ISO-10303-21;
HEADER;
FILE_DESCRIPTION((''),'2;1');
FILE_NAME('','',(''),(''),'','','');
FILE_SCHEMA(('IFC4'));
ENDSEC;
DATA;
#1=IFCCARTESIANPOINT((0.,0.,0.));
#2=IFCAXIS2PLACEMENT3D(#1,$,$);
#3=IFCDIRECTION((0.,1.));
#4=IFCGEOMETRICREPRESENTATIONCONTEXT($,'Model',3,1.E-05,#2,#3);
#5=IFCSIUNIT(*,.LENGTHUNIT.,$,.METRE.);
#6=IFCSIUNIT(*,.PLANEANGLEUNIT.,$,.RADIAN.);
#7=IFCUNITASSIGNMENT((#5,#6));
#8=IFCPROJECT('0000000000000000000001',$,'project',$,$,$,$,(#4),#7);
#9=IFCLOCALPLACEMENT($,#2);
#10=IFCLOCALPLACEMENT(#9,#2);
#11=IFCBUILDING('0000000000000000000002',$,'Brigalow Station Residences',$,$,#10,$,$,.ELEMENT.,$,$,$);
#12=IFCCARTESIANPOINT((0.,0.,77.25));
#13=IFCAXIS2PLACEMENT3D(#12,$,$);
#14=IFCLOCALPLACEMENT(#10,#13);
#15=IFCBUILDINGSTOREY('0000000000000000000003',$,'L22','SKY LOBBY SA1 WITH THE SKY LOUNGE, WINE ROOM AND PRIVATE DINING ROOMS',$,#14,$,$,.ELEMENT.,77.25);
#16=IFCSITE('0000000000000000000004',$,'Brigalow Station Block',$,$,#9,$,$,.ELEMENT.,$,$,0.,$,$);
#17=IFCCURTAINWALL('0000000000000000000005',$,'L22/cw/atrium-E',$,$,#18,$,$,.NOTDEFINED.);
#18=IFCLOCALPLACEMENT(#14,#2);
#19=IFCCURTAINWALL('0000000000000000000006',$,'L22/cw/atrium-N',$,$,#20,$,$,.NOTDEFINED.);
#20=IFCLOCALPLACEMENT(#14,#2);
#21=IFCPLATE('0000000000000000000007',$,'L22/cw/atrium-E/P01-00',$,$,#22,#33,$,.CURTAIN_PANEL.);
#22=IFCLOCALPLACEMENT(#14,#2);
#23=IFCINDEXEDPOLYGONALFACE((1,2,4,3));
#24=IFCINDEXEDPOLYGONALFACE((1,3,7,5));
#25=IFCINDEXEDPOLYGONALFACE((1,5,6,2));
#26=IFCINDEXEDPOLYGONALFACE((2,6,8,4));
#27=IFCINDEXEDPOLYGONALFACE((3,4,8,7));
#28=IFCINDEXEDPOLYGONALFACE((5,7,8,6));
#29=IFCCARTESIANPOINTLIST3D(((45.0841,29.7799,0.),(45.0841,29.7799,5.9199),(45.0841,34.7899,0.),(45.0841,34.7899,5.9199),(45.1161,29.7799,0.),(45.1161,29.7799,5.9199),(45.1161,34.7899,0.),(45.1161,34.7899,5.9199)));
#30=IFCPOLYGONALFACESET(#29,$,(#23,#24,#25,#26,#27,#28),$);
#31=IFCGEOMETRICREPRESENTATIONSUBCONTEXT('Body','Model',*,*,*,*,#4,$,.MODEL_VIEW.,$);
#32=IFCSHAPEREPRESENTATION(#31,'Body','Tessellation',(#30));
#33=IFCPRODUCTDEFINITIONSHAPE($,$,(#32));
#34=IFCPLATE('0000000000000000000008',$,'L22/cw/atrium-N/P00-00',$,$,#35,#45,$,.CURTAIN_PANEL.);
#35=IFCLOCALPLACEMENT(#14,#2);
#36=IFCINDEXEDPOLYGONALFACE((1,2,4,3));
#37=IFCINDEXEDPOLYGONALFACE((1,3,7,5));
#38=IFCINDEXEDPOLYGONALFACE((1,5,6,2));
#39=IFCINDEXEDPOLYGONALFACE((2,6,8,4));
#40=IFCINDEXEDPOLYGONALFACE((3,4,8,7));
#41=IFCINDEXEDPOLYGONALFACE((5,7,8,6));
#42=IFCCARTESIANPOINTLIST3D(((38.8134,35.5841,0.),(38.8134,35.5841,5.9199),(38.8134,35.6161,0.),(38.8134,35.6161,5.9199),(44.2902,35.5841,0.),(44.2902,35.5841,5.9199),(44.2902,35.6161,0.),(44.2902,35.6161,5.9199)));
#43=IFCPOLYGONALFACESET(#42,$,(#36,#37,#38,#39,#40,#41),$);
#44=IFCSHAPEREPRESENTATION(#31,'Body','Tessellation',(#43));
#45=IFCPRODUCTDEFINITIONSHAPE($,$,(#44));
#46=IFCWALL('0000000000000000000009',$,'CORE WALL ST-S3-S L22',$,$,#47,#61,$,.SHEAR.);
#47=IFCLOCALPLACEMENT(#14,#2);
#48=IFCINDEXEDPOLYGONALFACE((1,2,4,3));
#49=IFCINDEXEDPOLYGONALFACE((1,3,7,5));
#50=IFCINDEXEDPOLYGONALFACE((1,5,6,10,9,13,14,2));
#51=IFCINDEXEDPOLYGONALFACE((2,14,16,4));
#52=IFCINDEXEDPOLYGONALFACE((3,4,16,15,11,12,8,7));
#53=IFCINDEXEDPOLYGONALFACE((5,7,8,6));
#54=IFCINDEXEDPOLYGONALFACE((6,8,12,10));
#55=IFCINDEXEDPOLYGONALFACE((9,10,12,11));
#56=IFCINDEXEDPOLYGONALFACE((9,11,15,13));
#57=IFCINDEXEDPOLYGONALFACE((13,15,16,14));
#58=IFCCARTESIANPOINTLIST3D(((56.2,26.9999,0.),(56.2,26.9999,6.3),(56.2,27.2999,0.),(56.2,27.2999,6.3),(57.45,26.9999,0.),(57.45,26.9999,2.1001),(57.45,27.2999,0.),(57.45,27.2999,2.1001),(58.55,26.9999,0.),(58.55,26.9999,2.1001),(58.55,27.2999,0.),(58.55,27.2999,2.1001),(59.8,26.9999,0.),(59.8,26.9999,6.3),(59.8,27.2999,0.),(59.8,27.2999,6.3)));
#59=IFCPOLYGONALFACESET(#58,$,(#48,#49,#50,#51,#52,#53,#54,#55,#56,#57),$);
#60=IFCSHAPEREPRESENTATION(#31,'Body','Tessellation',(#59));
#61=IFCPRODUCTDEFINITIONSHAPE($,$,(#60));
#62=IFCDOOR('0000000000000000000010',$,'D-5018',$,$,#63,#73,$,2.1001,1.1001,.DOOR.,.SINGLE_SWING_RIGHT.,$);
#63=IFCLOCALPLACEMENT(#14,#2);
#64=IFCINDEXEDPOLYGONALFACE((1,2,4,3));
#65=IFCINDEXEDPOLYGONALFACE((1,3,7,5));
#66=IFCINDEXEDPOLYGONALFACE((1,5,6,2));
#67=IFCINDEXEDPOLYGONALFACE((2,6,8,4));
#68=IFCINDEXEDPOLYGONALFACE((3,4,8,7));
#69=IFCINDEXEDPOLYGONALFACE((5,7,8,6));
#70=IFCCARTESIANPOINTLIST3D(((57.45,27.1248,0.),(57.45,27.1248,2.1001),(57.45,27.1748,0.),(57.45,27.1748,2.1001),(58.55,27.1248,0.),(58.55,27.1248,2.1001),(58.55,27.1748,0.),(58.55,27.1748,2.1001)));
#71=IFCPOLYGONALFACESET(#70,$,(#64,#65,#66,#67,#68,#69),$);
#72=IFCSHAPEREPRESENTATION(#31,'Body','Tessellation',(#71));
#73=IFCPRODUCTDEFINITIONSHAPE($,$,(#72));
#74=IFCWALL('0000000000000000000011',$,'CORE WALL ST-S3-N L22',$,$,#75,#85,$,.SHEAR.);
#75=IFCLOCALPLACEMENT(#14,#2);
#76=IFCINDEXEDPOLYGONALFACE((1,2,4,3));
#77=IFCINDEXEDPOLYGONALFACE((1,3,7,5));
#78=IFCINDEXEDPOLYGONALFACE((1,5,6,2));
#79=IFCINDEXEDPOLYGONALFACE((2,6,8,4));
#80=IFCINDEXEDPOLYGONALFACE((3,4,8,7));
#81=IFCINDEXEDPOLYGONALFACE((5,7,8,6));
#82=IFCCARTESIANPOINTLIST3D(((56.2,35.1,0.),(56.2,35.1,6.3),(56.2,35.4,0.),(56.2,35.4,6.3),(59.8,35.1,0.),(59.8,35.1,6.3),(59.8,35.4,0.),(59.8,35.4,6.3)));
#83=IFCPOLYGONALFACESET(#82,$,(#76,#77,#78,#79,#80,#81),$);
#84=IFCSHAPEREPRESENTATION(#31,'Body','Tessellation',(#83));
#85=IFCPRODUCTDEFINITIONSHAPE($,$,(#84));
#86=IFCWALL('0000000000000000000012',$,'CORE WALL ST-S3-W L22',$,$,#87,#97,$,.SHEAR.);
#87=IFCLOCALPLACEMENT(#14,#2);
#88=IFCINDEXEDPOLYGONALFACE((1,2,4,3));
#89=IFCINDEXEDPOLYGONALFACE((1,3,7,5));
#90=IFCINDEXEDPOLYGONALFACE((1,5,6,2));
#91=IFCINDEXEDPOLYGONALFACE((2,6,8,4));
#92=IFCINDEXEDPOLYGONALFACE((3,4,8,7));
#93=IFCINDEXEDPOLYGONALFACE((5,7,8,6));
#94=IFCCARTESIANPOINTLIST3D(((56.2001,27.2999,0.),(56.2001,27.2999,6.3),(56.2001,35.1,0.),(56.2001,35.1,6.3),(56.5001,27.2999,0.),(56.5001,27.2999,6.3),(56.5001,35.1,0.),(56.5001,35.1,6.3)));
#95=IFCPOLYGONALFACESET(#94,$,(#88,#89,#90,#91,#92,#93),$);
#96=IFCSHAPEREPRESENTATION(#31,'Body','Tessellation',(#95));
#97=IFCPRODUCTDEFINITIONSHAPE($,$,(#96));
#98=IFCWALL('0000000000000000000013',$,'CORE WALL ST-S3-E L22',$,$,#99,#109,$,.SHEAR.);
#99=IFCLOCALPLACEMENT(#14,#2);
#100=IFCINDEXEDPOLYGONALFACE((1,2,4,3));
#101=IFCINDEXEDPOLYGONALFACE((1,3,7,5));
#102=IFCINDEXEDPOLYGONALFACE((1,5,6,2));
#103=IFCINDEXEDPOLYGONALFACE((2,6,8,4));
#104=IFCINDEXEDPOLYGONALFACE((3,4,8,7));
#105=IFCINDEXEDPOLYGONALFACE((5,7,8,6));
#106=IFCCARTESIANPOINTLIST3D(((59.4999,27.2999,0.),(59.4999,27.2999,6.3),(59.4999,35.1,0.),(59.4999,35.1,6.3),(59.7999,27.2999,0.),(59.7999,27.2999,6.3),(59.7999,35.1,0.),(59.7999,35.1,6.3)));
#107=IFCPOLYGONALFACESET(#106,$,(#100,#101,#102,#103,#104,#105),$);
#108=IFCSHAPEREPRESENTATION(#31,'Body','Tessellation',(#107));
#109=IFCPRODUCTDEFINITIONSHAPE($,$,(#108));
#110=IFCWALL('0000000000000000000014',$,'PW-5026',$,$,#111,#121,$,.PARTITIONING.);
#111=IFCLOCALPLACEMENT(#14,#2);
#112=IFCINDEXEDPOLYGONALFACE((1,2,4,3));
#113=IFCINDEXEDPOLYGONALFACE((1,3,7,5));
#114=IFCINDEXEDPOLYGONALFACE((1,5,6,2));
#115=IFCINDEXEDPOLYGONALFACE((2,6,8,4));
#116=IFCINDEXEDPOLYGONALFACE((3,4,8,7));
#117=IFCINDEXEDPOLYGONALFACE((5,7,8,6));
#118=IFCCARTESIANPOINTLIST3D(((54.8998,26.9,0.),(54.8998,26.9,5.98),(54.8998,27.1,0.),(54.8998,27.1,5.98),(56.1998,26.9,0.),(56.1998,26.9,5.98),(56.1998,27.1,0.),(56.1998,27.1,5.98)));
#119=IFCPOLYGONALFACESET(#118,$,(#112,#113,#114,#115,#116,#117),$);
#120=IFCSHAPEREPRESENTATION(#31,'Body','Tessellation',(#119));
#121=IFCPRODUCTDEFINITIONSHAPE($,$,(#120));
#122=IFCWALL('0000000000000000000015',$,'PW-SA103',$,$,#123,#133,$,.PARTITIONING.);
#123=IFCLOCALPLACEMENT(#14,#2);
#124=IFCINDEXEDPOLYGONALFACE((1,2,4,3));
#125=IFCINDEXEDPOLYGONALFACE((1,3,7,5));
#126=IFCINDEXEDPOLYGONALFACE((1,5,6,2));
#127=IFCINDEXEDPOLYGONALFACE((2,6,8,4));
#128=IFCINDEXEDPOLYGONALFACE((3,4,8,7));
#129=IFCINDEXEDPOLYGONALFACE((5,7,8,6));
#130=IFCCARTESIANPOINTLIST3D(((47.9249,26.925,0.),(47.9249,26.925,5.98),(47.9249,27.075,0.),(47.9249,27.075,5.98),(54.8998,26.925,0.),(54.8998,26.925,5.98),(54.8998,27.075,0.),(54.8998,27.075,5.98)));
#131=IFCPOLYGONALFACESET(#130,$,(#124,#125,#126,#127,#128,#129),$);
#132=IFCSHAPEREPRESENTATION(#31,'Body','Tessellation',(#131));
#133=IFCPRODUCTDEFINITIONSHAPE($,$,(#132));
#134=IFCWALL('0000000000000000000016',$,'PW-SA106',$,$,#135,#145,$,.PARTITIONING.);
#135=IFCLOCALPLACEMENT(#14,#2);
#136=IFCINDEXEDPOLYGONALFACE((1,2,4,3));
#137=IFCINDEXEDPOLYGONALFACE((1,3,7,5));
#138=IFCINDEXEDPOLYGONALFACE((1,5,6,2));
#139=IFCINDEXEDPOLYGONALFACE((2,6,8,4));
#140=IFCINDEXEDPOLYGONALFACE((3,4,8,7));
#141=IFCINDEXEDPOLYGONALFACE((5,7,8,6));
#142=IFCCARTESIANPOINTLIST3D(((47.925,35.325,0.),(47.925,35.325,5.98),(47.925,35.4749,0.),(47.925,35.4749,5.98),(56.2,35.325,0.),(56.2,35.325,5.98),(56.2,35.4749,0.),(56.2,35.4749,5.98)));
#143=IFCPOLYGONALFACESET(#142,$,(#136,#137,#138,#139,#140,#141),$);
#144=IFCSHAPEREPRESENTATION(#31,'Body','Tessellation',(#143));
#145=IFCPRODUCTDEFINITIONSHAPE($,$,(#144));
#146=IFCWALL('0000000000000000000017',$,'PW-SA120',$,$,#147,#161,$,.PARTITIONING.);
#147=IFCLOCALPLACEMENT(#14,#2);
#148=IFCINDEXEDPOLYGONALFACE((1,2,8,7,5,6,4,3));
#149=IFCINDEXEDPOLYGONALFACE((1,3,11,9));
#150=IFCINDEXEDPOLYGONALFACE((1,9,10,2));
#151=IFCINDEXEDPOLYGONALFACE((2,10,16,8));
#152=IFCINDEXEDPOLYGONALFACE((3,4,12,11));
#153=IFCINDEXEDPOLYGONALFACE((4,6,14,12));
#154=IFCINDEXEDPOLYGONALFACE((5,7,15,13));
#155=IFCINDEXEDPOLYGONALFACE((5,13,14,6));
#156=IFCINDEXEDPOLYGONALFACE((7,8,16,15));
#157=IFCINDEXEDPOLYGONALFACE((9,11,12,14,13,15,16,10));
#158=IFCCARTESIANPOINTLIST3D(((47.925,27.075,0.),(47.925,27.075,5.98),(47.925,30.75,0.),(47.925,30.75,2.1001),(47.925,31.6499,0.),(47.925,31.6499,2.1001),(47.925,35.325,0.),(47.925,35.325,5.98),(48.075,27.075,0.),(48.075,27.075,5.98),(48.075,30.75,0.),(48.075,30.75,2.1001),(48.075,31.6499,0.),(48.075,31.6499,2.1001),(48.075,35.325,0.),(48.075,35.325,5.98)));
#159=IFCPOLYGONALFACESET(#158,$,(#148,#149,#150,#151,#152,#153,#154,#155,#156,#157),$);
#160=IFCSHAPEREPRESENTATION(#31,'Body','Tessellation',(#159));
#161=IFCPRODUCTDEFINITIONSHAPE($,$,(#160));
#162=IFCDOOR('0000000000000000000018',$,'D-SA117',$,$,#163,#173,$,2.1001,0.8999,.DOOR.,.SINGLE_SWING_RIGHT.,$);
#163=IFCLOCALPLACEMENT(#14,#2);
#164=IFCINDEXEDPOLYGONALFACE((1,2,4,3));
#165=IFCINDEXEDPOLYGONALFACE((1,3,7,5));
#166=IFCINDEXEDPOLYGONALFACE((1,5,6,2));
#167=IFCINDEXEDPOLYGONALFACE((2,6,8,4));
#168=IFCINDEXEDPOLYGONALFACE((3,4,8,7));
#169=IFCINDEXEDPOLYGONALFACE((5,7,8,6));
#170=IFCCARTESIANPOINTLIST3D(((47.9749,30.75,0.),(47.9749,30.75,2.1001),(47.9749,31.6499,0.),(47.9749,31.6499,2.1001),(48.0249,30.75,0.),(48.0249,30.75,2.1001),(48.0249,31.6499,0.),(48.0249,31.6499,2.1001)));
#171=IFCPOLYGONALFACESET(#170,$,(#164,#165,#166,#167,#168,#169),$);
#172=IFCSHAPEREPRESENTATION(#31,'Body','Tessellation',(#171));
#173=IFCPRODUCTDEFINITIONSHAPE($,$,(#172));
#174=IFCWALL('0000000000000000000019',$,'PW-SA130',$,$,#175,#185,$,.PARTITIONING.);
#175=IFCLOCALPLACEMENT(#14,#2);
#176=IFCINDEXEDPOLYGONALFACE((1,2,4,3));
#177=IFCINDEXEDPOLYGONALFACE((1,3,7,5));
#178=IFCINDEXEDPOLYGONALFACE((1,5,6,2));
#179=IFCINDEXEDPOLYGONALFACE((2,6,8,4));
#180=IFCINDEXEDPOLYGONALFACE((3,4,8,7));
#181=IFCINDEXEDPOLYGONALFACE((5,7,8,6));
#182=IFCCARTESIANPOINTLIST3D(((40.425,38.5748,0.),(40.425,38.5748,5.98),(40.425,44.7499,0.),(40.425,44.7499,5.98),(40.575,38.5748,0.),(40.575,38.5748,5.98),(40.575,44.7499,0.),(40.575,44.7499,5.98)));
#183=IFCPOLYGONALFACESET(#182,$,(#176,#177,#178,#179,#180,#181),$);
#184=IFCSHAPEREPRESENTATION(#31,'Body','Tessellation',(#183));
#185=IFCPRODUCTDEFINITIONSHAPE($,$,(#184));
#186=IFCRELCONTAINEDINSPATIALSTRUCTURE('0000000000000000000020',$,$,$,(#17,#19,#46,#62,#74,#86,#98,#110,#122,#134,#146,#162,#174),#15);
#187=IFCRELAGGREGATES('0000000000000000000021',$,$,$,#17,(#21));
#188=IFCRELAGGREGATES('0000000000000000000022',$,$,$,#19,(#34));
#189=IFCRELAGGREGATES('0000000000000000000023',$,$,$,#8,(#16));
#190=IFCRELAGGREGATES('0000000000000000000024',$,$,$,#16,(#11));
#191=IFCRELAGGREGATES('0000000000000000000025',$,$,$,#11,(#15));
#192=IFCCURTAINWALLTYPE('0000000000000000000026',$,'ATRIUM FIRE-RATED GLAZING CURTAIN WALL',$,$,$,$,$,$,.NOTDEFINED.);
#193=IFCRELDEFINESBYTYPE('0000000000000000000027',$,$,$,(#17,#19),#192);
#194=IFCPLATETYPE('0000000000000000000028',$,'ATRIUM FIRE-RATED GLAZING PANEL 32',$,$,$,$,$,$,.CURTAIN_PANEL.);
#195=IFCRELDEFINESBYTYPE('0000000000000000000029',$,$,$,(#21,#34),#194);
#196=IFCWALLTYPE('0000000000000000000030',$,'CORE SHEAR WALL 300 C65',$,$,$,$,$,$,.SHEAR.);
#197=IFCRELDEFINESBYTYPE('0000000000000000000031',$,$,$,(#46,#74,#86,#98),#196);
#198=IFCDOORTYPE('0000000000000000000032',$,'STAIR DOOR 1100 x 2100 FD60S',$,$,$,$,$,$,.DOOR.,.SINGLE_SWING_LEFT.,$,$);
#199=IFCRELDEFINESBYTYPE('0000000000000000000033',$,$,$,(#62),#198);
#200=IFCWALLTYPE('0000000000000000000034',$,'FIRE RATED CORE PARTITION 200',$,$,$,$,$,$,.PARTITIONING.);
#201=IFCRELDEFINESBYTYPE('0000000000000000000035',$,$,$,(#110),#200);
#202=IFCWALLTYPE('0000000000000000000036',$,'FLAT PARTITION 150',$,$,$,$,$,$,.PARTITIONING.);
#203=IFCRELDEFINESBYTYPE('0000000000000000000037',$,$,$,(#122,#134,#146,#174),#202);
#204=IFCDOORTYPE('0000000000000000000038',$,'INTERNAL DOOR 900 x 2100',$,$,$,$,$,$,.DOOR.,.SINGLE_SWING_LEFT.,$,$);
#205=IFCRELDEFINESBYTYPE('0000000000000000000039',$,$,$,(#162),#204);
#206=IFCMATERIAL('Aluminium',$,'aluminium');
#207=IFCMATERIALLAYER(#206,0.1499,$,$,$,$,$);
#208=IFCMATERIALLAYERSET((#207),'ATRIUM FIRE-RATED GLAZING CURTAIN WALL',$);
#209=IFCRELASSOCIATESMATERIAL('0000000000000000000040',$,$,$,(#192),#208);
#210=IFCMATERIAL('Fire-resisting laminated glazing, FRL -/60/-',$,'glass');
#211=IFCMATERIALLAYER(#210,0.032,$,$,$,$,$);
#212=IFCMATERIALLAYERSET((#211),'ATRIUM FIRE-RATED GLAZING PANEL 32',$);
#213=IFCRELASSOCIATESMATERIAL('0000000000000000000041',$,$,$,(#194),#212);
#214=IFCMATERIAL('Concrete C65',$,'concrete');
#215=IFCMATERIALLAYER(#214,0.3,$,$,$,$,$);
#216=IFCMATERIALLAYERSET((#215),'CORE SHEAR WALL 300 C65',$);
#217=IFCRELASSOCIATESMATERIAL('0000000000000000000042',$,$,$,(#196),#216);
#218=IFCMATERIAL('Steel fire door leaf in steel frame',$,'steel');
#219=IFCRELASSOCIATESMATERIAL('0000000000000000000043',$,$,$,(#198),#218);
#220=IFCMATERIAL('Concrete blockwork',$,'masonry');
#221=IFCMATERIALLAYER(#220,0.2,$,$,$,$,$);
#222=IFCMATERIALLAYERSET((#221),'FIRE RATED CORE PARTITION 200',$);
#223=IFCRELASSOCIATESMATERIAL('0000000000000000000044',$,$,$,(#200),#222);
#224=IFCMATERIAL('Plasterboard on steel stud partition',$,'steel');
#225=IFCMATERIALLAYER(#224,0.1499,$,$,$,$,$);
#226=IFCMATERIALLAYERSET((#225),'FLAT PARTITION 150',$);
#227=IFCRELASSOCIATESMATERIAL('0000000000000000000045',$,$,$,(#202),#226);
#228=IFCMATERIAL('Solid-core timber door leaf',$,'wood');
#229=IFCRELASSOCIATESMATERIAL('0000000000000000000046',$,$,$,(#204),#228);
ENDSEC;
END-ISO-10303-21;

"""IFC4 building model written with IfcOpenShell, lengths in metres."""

from ifc_helpers import new_model, si_unit, direction, frame, frame_2d, origin, origin_2d, place, context, subcontext, project, spatial, rectangle, extrude, material, layer, layer_set, type_object, element, fill, aggregate, save


model = new_model("IFC4")

# Units and contexts
model_context = context("Model", 3, precision=1e-05, world=origin(), true_north=direction((0.0, 1.0)))
body_context = subcontext(model_context, "Body", "Model", "MODEL_VIEW")
ifc_project = project(units=[si_unit("LENGTHUNIT", "METRE"), si_unit("PLANEANGLEUNIT", "RADIAN")], contexts=[model_context])

# Site, building, storey
site_placement = place(None, origin())
site = spatial("IfcSite", under=ifc_project, at=site_placement, Name="Brigalow Station Block", CompositionType="ELEMENT", RefElevation=0.0)
building_placement = place(site_placement, origin())
building = spatial("IfcBuilding", under=site, at=building_placement, Name="Brigalow Station Residences", CompositionType="ELEMENT")
storey_placement = place(building_placement, frame((0.0, 0.0, 77.25)))
storey = spatial("IfcBuildingStorey", under=building, at=storey_placement, Name="L22", Description="SKY LOBBY SA1 WITH THE SKY LOUNGE, WINE ROOM AND PRIVATE DINING ROOMS", CompositionType="ELEMENT", Elevation=77.25)

# Shared definitions
ifc_material_1 = material(Name="Aluminium", Category="aluminium")
ifc_layer_1 = layer(ifc_material_1, 0.1499)
ifc_layer_set_1 = layer_set([ifc_layer_1], Name="ATRIUM FIRE-RATED GLAZING CURTAIN WALL")
curtain_wall_type = type_object("IfcCurtainWallType", Name="ATRIUM FIRE-RATED GLAZING CURTAIN WALL", PredefinedType="NOTDEFINED", material=ifc_layer_set_1)

# Curtain walls
curtain_wall_1_placement = place(storey_placement, origin())
curtain_wall_1 = element("IfcCurtainWall", 1, at=curtain_wall_1_placement, inside=storey, type_object=curtain_wall_type, Name="L22/cw/atrium-E", PredefinedType="NOTDEFINED")
curtain_wall_2_placement = place(storey_placement, origin())
curtain_wall_2 = element("IfcCurtainWall", 2, at=curtain_wall_2_placement, inside=storey, type_object=curtain_wall_type, Name="L22/cw/atrium-N", PredefinedType="NOTDEFINED")

# Plates
ifc_material_2 = material(Name="Fire-resisting laminated glazing, FRL -/60/-", Category="glass")
ifc_layer_2 = layer(ifc_material_2, 0.032)
ifc_layer_set_2 = layer_set([ifc_layer_2], Name="ATRIUM FIRE-RATED GLAZING PANEL 32")
plate_type = type_object("IfcPlateType", Name="ATRIUM FIRE-RATED GLAZING PANEL 32", PredefinedType="CURTAIN_PANEL", material=ifc_layer_set_2)
plate_1_placement = place(storey_placement, frame((45.1001, 32.2849, 0.0), z_axis=(0.0, 0.0, 1.0), x_axis=(0.0, 1.0, 0.0)))
plate_1 = element("IfcPlate", 3, at=plate_1_placement, type_object=plate_type, Name="L22/cw/atrium-E/P01-00", PredefinedType="CURTAIN_PANEL", context=body_context, shape_type="SweptSolid", body=[
    extrude(rectangle(XDim=5.01, YDim=0.032, at=origin_2d()), origin(), (0.0, 0.0, 1.0), 5.9199),
])
aggregate(curtain_wall_1, [plate_1])
plate_2_placement = place(storey_placement, frame((41.5518, 35.6001, 0.0), z_axis=(0.0, 0.0, 1.0), x_axis=(-1.0, 0.0, 0.0)))
plate_2 = element("IfcPlate", 4, at=plate_2_placement, type_object=plate_type, Name="L22/cw/atrium-N/P00-00", PredefinedType="CURTAIN_PANEL", context=body_context, shape_type="SweptSolid", body=[
    extrude(rectangle(XDim=5.4768, YDim=0.032, at=origin_2d()), origin(), (0.0, 0.0, 1.0), 5.9199),
])
aggregate(curtain_wall_2, [plate_2])

# Wall, opening, door
ifc_material_3 = material(Name="Concrete C65", Category="concrete")
ifc_layer_3 = layer(ifc_material_3, 0.3)
ifc_layer_set_3 = layer_set([ifc_layer_3], Name="CORE SHEAR WALL 300 C65")
wall_type_1 = type_object("IfcWallType", Name="CORE SHEAR WALL 300 C65", PredefinedType="SHEAR", material=ifc_layer_set_3)
wall_1_placement = place(storey_placement, frame((56.2, 27.1499, 0.0), z_axis=(0.0, 0.0, 1.0), x_axis=(1.0, 0.0, 0.0)))
wall_1 = element("IfcWall", 5, at=wall_1_placement, inside=storey, type_object=wall_type_1, Name="CORE WALL ST-S3-S L22", PredefinedType="SHEAR", context=body_context, shape_type="SweptSolid", body=[
    extrude(rectangle(XDim=3.6001, YDim=0.3, at=frame_2d((1.8, 0.0))), origin(), (0.0, 0.0, 1.0), 6.3),
])
opening_1_placement = place(wall_1_placement, frame((1.25, 0.0, 0.0)))
opening_1 = element("IfcOpeningElement", 6, at=opening_1_placement, cuts=wall_1, PredefinedType="OPENING", context=body_context, shape_type="SweptSolid", body=[
    extrude(rectangle(XDim=1.1001, YDim=2.1001, at=frame_2d((0.55, 1.05))), frame((0.0, 0.1602, 0.0), z_axis=(0.0, -1.0, 0.0), x_axis=(1.0, 0.0, 0.0)), (0.0, 0.0, 1.0), 0.3201),
])
ifc_material_4 = material(Name="Steel fire door leaf in steel frame", Category="steel")
door_type_1 = type_object("IfcDoorType", Name="STAIR DOOR 1100 x 2100 FD60S", OperationType="SINGLE_SWING_LEFT", PredefinedType="DOOR", material=ifc_material_4)
door_1_placement = place(opening_1_placement, origin())
door_1 = element("IfcDoor", 7, at=door_1_placement, inside=storey, type_object=door_type_1, Name="D-5018", OperationType="SINGLE_SWING_RIGHT", OverallHeight=2.1001, OverallWidth=1.1001, PredefinedType="DOOR", context=body_context, shape_type="SweptSolid", body=[
    extrude(rectangle(XDim=1.1001, YDim=2.1001, at=frame_2d((0.55, 1.05))), frame((0.0, 0.0249, 0.0), z_axis=(0.0, -1.0, 0.0), x_axis=(1.0, 0.0, 0.0)), (0.0, 0.0, 1.0), 0.05),
])
fill(opening_1, door_1)

# Walls
wall_2_placement = place(storey_placement, frame((56.2, 35.25, 0.0), z_axis=(0.0, 0.0, 1.0), x_axis=(1.0, 0.0, 0.0)))
element("IfcWall", 8, at=wall_2_placement, inside=storey, type_object=wall_type_1, Name="CORE WALL ST-S3-N L22", PredefinedType="SHEAR", context=body_context, shape_type="SweptSolid", body=[
    extrude(rectangle(XDim=3.6001, YDim=0.3, at=frame_2d((1.8, 0.0))), origin(), (0.0, 0.0, 1.0), 6.3),
])
for number, where, z_axis, x_axis, name in (
    (9, (56.3501, 27.3, 0.0), (0.0, 0.0, 1.0), (0.0, 1.0, 0.0), "CORE WALL ST-S3-W L22"),
    (10, (59.6499, 27.3, 0.0), (0.0, 0.0, 1.0), (0.0, 1.0, 0.0), "CORE WALL ST-S3-E L22"),
):
    element("IfcWall", number, at=place(storey_placement, frame(where, z_axis=z_axis, x_axis=x_axis)), inside=storey, type_object=wall_type_1, Name=name, PredefinedType="SHEAR", context=body_context, shape_type="SweptSolid", body=[
        extrude(rectangle(XDim=7.8, YDim=0.3, at=frame_2d((3.8999, 0.0))), origin(), (0.0, 0.0, 1.0), 6.3),
    ])
ifc_material_5 = material(Name="Concrete blockwork", Category="masonry")
ifc_layer_4 = layer(ifc_material_5, 0.2)
ifc_layer_set_4 = layer_set([ifc_layer_4], Name="FIRE RATED CORE PARTITION 200")
wall_type_2 = type_object("IfcWallType", Name="FIRE RATED CORE PARTITION 200", PredefinedType="PARTITIONING", material=ifc_layer_set_4)
wall_3_placement = place(storey_placement, frame((54.8999, 27.0, 0.0), z_axis=(0.0, 0.0, 1.0), x_axis=(1.0, 0.0, 0.0)))
element("IfcWall", 11, at=wall_3_placement, inside=storey, type_object=wall_type_2, Name="PW-5026", PredefinedType="PARTITIONING", context=body_context, shape_type="SweptSolid", body=[
    extrude(rectangle(XDim=1.3, YDim=0.2, at=frame_2d((0.6499, 0.0))), origin(), (0.0, 0.0, 1.0), 5.98),
])
ifc_material_6 = material(Name="Plasterboard on steel stud partition", Category="steel")
ifc_layer_5 = layer(ifc_material_6, 0.1499)
ifc_layer_set_5 = layer_set([ifc_layer_5], Name="FLAT PARTITION 150")
wall_type_3 = type_object("IfcWallType", Name="FLAT PARTITION 150", PredefinedType="PARTITIONING", material=ifc_layer_set_5)
wall_4_placement = place(storey_placement, frame((47.925, 27.0, 0.0), z_axis=(0.0, 0.0, 1.0), x_axis=(1.0, 0.0, 0.0)))
element("IfcWall", 12, at=wall_4_placement, inside=storey, type_object=wall_type_3, Name="PW-SA103", PredefinedType="PARTITIONING", context=body_context, shape_type="SweptSolid", body=[
    extrude(rectangle(XDim=6.9749, YDim=0.1499, at=frame_2d((3.4873, 0.0))), origin(), (0.0, 0.0, 1.0), 5.98),
])
wall_5_placement = place(storey_placement, frame((47.925, 35.3999, 0.0), z_axis=(0.0, 0.0, 1.0), x_axis=(1.0, 0.0, 0.0)))
element("IfcWall", 13, at=wall_5_placement, inside=storey, type_object=wall_type_3, Name="PW-SA106", PredefinedType="PARTITIONING", context=body_context, shape_type="SweptSolid", body=[
    extrude(rectangle(XDim=8.2749, YDim=0.1499, at=frame_2d((4.1375, 0.0))), origin(), (0.0, 0.0, 1.0), 5.98),
])

# Wall, opening, door
wall_6_placement = place(storey_placement, frame((48.0, 27.075, 0.0), z_axis=(0.0, 0.0, 1.0), x_axis=(0.0, 1.0, 0.0)))
wall_6 = element("IfcWall", 14, at=wall_6_placement, inside=storey, type_object=wall_type_3, Name="PW-SA120", PredefinedType="PARTITIONING", context=body_context, shape_type="SweptSolid", body=[
    extrude(rectangle(XDim=8.25, YDim=0.1499, at=frame_2d((4.125, 0.0))), origin(), (0.0, 0.0, 1.0), 5.98),
])
opening_2_placement = place(wall_6_placement, frame((3.675, 0.0, 0.0)))
opening_2 = element("IfcOpeningElement", 15, at=opening_2_placement, cuts=wall_6, PredefinedType="OPENING", context=body_context, shape_type="SweptSolid", body=[
    extrude(rectangle(XDim=0.8999, YDim=2.1001, at=frame_2d((0.45, 1.05))), frame((0.0, 0.085, 0.0), z_axis=(0.0, -1.0, 0.0), x_axis=(1.0, 0.0, 0.0)), (0.0, 0.0, 1.0), 0.1699),
])
ifc_material_7 = material(Name="Solid-core timber door leaf", Category="wood")
door_type_2 = type_object("IfcDoorType", Name="INTERNAL DOOR 900 x 2100", OperationType="SINGLE_SWING_LEFT", PredefinedType="DOOR", material=ifc_material_7)
door_2_placement = place(opening_2_placement, frame((0.8999, 0.0, 0.0), z_axis=(0.0, 0.0, 1.0), x_axis=(-1.0, 0.0, 0.0)))
door_2 = element("IfcDoor", 16, at=door_2_placement, inside=storey, type_object=door_type_2, Name="D-SA117", OperationType="SINGLE_SWING_RIGHT", OverallHeight=2.1001, OverallWidth=0.8999, PredefinedType="DOOR", context=body_context, shape_type="SweptSolid", body=[
    extrude(rectangle(XDim=0.8999, YDim=2.1001, at=frame_2d((0.45, 1.05))), frame((0.0, 0.0249, 0.0), z_axis=(0.0, -1.0, 0.0), x_axis=(1.0, 0.0, 0.0)), (0.0, 0.0, 1.0), 0.05),
])
fill(opening_2, door_2)

# Wall
wall_7_placement = place(storey_placement, frame((40.5, 38.575, 0.0), z_axis=(0.0, 0.0, 1.0), x_axis=(0.0, 1.0, 0.0)))
element("IfcWall", 17, at=wall_7_placement, inside=storey, type_object=wall_type_3, Name="PW-SA130", PredefinedType="PARTITIONING", context=body_context, shape_type="SweptSolid", body=[
    extrude(rectangle(XDim=6.175, YDim=0.1499, at=frame_2d((3.0874, 0.0))), origin(), (0.0, 0.0, 1.0), 5.98),
])

save(model, "model.ifc")
